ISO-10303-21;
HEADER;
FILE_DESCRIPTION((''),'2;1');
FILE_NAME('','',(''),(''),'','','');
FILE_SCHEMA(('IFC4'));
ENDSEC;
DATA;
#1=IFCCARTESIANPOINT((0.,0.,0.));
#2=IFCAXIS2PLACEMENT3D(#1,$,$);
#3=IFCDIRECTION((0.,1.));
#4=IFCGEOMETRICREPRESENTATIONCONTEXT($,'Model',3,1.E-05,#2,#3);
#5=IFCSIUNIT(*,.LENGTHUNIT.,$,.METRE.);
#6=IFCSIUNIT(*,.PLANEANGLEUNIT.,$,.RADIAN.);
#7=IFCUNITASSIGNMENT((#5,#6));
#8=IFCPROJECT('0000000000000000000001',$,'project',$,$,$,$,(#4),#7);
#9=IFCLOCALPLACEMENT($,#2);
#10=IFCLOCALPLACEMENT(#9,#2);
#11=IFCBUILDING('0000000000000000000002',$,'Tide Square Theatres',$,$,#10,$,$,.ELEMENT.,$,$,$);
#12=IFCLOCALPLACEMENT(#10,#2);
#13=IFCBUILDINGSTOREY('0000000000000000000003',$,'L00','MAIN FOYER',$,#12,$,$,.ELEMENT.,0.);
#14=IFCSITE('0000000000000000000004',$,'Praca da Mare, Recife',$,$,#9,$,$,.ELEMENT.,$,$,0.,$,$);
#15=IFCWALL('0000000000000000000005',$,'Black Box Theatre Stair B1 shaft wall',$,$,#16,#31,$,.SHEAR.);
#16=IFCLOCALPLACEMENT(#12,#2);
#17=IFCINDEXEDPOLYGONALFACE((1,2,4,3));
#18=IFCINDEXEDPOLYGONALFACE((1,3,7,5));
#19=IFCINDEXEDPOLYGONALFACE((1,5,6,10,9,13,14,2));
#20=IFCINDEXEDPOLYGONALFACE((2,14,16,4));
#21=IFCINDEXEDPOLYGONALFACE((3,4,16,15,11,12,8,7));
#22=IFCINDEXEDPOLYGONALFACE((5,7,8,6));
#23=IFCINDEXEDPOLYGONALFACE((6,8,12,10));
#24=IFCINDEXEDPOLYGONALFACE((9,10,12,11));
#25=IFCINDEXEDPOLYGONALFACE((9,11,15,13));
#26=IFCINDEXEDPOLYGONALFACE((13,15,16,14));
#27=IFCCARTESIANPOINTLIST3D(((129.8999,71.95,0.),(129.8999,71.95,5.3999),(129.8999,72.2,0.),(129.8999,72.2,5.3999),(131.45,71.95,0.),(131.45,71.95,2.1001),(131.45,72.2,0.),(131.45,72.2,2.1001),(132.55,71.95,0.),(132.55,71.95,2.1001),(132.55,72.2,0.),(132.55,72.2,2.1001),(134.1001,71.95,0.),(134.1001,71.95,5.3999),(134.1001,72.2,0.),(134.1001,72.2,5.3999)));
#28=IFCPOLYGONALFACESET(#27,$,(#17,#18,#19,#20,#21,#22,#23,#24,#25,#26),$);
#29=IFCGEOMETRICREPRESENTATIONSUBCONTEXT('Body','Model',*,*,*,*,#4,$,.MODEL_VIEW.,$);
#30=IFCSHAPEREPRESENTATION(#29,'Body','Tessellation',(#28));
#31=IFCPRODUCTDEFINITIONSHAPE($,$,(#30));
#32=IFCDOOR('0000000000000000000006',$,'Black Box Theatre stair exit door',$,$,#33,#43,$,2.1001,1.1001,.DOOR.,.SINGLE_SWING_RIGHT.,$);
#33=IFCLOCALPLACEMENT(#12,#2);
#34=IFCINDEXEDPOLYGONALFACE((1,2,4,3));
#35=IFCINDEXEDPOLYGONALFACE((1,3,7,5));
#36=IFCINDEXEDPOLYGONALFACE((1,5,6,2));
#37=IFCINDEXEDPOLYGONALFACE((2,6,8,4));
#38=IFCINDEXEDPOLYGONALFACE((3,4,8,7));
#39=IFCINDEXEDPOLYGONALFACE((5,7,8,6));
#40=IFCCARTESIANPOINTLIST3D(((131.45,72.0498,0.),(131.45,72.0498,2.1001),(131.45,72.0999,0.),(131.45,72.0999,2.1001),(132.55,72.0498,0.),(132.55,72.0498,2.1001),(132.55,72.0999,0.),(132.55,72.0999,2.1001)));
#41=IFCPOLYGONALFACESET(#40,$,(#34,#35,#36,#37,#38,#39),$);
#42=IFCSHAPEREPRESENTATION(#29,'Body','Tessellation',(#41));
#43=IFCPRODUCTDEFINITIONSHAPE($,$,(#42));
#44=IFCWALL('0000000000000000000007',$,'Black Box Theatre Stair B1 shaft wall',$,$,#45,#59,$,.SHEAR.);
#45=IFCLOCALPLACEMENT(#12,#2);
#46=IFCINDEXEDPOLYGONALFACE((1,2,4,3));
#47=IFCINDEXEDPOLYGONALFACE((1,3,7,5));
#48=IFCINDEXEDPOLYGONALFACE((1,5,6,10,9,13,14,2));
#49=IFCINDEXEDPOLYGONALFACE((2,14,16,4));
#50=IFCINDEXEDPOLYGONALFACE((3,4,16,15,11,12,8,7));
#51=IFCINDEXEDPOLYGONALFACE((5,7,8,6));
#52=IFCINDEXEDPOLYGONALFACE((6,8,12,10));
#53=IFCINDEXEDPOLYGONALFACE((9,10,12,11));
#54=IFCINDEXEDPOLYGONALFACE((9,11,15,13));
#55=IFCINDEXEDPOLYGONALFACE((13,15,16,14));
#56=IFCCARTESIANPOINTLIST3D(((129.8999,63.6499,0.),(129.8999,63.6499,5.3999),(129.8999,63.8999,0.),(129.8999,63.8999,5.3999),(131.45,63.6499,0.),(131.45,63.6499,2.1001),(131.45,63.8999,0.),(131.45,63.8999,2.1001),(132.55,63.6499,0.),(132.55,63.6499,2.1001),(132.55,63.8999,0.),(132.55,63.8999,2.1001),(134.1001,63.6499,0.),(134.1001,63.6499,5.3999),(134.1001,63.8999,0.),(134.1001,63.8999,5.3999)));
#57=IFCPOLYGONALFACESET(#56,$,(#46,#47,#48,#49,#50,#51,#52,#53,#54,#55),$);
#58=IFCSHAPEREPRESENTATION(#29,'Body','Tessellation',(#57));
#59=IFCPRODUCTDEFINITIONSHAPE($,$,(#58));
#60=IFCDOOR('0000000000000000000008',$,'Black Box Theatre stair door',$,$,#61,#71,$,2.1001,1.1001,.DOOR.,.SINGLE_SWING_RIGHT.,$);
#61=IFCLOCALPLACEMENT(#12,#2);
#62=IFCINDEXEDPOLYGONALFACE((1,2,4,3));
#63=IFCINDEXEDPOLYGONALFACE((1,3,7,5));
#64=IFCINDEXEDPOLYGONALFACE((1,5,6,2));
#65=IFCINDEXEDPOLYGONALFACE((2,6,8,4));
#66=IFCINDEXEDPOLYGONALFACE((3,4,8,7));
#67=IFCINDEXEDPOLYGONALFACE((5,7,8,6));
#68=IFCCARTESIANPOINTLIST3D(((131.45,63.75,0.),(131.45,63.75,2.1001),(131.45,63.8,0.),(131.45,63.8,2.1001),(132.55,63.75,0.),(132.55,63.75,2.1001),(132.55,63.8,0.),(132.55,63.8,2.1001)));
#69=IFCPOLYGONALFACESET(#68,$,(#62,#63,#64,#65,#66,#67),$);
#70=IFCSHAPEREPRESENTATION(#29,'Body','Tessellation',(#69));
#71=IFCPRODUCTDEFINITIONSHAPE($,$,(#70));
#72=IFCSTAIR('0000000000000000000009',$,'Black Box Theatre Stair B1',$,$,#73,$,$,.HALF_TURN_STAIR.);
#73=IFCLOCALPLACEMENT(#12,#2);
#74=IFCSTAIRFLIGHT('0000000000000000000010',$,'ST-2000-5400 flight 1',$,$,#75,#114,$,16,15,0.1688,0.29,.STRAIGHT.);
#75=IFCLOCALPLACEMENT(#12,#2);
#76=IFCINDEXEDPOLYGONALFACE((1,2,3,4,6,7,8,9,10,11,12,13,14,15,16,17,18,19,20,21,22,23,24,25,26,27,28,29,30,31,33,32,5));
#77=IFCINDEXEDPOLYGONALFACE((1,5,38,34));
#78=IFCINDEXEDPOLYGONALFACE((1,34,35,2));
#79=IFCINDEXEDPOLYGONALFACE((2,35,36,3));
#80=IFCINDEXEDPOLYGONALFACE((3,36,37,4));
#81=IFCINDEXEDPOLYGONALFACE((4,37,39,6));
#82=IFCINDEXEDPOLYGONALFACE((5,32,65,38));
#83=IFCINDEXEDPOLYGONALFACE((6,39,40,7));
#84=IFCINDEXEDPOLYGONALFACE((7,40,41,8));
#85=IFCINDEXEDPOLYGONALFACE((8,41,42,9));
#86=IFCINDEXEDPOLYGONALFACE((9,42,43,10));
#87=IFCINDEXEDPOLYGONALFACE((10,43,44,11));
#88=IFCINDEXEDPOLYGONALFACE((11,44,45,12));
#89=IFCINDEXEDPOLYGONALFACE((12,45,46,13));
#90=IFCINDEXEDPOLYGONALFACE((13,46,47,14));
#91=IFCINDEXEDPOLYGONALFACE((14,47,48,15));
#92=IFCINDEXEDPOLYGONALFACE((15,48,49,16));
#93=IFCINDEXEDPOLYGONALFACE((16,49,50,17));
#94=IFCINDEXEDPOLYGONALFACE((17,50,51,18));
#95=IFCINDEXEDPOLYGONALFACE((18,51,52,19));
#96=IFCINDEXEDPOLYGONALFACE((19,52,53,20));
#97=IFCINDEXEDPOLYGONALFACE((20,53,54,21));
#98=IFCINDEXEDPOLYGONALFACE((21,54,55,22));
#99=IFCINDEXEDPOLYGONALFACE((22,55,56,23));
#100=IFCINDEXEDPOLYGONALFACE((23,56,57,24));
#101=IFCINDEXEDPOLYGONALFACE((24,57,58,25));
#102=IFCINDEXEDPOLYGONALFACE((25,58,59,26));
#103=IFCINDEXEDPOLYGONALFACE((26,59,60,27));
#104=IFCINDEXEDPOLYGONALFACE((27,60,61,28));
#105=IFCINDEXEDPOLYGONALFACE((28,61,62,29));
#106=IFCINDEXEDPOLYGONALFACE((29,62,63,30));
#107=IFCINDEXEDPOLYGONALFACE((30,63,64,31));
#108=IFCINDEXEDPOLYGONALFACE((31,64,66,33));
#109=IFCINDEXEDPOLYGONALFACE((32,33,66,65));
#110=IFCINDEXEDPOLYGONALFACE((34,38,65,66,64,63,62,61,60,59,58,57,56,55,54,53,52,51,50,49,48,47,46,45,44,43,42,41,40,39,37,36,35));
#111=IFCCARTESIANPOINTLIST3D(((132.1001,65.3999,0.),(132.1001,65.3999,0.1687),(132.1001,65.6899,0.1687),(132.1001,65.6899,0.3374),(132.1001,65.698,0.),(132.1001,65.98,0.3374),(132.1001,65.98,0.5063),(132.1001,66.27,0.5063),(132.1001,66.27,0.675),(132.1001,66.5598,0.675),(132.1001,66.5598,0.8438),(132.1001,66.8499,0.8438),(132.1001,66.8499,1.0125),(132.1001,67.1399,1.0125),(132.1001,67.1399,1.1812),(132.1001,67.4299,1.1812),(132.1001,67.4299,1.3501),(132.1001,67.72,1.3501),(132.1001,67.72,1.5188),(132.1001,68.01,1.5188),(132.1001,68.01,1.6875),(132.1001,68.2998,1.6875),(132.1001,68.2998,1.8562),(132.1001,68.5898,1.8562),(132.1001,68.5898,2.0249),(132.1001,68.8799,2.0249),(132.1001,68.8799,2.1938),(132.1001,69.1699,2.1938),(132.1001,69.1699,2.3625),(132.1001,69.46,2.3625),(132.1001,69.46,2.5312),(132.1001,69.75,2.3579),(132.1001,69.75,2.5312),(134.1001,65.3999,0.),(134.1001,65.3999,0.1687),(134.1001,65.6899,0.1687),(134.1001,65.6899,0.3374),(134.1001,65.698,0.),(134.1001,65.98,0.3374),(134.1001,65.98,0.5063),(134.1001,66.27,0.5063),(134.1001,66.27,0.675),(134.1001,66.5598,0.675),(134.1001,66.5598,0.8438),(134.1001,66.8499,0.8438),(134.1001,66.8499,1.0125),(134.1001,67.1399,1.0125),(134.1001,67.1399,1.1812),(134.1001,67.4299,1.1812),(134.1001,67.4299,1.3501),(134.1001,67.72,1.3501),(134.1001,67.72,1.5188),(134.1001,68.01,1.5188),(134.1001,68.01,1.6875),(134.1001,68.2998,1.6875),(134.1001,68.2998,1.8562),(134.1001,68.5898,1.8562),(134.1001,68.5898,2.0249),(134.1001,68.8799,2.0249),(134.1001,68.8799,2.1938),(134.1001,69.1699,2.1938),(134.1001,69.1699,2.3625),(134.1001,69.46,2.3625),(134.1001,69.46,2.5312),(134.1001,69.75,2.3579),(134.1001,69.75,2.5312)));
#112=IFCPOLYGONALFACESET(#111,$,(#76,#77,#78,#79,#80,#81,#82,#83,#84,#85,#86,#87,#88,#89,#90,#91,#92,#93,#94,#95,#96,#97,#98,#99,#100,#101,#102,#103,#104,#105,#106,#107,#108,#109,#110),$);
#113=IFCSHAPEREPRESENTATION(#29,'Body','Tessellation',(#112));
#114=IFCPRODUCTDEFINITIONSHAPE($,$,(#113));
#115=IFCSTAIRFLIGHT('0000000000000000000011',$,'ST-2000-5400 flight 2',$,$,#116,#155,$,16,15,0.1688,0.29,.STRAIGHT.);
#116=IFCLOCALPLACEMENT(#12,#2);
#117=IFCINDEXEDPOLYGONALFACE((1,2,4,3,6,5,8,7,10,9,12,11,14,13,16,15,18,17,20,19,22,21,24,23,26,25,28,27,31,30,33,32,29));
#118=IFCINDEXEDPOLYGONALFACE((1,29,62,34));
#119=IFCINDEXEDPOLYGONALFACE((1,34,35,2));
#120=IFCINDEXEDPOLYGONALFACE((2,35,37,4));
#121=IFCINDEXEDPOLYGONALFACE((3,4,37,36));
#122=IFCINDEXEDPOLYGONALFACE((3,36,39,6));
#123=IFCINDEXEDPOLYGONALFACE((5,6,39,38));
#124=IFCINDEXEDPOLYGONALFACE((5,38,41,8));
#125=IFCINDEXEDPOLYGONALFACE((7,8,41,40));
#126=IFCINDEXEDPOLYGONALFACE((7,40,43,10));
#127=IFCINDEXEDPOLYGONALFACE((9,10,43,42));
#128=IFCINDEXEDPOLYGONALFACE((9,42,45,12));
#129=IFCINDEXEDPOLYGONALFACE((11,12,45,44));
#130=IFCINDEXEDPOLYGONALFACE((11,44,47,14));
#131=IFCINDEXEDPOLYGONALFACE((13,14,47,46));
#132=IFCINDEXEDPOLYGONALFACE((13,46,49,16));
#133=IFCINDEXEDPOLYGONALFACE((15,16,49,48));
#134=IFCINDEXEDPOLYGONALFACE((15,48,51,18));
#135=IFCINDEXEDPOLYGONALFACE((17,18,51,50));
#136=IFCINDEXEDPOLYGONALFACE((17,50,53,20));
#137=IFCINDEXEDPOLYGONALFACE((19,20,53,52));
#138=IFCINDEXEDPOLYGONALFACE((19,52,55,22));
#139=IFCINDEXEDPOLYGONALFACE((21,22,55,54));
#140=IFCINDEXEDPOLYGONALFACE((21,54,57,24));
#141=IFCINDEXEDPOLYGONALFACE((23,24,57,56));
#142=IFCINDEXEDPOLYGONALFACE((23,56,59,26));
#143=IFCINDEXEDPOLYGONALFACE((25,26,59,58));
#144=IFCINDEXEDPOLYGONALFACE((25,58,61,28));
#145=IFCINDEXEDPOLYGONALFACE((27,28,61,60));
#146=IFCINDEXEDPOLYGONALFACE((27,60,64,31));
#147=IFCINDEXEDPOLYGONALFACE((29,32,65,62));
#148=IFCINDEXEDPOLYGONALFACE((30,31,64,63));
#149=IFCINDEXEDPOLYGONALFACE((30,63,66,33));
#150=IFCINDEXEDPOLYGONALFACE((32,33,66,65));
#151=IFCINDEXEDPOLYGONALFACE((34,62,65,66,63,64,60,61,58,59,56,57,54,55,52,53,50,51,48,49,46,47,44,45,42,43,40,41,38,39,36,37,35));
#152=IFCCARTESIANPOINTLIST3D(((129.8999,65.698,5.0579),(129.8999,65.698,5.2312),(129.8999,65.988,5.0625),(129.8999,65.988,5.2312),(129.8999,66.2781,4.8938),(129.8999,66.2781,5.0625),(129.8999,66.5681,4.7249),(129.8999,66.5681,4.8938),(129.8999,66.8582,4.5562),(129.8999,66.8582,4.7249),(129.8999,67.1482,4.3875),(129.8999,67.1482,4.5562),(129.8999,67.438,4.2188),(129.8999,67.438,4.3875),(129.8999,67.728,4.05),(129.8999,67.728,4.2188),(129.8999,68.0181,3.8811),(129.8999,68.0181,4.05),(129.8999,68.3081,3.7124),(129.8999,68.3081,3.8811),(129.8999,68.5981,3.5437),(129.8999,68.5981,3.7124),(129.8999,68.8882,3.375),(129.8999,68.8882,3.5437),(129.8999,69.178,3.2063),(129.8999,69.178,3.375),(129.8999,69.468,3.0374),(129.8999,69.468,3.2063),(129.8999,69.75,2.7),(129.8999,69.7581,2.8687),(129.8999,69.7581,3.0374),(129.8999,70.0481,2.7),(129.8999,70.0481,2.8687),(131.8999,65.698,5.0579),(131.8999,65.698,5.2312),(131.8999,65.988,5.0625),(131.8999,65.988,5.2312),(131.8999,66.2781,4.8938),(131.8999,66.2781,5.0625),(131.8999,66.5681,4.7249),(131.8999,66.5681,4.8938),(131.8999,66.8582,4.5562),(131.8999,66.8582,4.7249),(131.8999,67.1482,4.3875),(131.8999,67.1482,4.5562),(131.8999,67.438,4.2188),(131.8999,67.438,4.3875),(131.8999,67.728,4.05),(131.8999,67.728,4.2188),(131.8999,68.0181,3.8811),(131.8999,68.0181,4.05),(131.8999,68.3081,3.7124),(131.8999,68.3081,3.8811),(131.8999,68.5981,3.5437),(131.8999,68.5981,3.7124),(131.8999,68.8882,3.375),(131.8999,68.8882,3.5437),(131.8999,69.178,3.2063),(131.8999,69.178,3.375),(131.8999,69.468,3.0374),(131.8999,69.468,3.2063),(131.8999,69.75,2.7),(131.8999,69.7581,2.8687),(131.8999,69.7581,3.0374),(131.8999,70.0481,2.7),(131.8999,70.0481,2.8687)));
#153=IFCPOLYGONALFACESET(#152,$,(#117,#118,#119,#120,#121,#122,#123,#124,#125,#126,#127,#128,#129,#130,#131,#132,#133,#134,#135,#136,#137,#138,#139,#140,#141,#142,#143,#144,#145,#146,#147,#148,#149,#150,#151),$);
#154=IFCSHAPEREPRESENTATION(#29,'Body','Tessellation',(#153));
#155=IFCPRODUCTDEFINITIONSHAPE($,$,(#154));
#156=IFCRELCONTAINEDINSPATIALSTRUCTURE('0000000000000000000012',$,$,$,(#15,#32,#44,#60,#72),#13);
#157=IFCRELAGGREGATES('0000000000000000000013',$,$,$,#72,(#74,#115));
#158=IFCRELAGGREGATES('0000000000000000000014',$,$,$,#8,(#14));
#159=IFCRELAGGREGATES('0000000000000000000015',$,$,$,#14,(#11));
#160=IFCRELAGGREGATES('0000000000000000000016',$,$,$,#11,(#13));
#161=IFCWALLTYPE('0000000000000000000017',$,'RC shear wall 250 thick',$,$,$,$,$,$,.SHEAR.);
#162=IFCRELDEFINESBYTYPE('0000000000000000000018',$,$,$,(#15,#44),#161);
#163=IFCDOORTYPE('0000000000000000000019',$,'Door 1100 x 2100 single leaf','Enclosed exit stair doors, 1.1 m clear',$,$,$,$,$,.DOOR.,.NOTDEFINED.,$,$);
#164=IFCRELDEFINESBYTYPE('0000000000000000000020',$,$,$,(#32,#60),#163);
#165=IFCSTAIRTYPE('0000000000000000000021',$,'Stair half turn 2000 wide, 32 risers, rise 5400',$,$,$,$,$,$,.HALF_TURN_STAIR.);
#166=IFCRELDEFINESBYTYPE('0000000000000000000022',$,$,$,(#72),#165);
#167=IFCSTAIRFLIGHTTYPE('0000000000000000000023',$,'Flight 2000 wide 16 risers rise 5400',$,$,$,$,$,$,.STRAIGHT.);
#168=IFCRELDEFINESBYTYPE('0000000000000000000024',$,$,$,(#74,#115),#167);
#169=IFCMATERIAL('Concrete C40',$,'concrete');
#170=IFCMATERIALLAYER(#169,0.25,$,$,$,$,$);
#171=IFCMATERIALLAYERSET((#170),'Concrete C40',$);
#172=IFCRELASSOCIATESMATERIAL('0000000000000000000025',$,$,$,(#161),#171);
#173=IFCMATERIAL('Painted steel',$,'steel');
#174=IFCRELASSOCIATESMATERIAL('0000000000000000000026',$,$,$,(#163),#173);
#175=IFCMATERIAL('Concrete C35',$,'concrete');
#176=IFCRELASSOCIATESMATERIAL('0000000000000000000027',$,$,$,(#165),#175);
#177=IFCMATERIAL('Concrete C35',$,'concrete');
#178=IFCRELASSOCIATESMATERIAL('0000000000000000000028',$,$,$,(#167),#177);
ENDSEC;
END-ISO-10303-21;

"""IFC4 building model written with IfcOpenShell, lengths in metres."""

from ifc_helpers import new_model, si_unit, direction, frame, frame_2d, origin, place, context, subcontext, project, spatial, polyline, rectangle, outline, extrude, material, layer, layer_set, type_object, element, fill, aggregate, save


model = new_model("IFC4")

# Units and contexts
model_context = context("Model", 3, precision=1e-05, world=origin(), true_north=direction((0.0, 1.0)))
body_context = subcontext(model_context, "Body", "Model", "MODEL_VIEW")
ifc_project = project(units=[si_unit("LENGTHUNIT", "METRE"), si_unit("PLANEANGLEUNIT", "RADIAN")], contexts=[model_context])

# Site, building, storey
site_placement = place(None, origin())
site = spatial("IfcSite", under=ifc_project, at=site_placement, Name="Praca da Mare, Recife", CompositionType="ELEMENT", RefElevation=0.0)
building_placement = place(site_placement, origin())
building = spatial("IfcBuilding", under=site, at=building_placement, Name="Tide Square Theatres", CompositionType="ELEMENT")
storey_placement = place(building_placement, origin())
storey = spatial("IfcBuildingStorey", under=building, at=storey_placement, Name="L00", Description="MAIN FOYER", CompositionType="ELEMENT", Elevation=0.0)

# Shared definitions
ifc_material_1 = material(Name="Concrete C40", Category="concrete")
ifc_layer_1 = layer(ifc_material_1, 0.25)
ifc_layer_set_1 = layer_set([ifc_layer_1], Name="Concrete C40")
wall_type_1 = type_object("IfcWallType", Name="RC shear wall 250 thick", PredefinedType="SHEAR", material=ifc_layer_set_1)

# Walls, openings, doors
wall_1_placement = place(storey_placement, frame((129.8999, 72.075, 0.0), z_axis=(0.0, 0.0, 1.0), x_axis=(1.0, 0.0, 0.0)))
wall_1 = element("IfcWall", 1, at=wall_1_placement, inside=storey, type_object=wall_type_1, Name="Black Box Theatre Stair B1 shaft wall", PredefinedType="SHEAR", context=body_context, shape_type="SweptSolid", body=[
    extrude(rectangle(XDim=4.2002, YDim=0.25, at=frame_2d((2.1001, 0.0))), origin(), (0.0, 0.0, 1.0), 5.3999),
])
opening_1_placement = place(wall_1_placement, frame((1.55, 0.0, 0.0)))
opening_1 = element("IfcOpeningElement", 2, at=opening_1_placement, cuts=wall_1, PredefinedType="OPENING", context=body_context, shape_type="SweptSolid", body=[
    extrude(rectangle(XDim=1.1001, YDim=2.1001, at=frame_2d((0.55, 1.05))), frame((0.0, 0.135, 0.0), z_axis=(0.0, -1.0, 0.0), x_axis=(1.0, 0.0, 0.0)), (0.0, 0.0, 1.0), 0.27),
])
ifc_material_2 = material(Name="Painted steel", Category="steel")
door_type_1 = type_object("IfcDoorType", Name="Door 1100 x 2100 single leaf", Description="Enclosed exit stair doors, 1.1 m clear", OperationType="NOTDEFINED", PredefinedType="DOOR", material=ifc_material_2)
door_1_placement = place(opening_1_placement, origin())
door_1 = element("IfcDoor", 3, at=door_1_placement, inside=storey, type_object=door_type_1, Name="Black Box Theatre stair exit door", OperationType="SINGLE_SWING_RIGHT", OverallHeight=2.1001, OverallWidth=1.1001, PredefinedType="DOOR", context=body_context, shape_type="SweptSolid", body=[
    extrude(rectangle(XDim=1.1001, YDim=2.1001, at=frame_2d((0.55, 1.05))), frame((0.0, 0.0249, 0.0), z_axis=(0.0, -1.0, 0.0), x_axis=(1.0, 0.0, 0.0)), (0.0, 0.0, 1.0), 0.05),
])
fill(opening_1, door_1)
wall_2_placement = place(storey_placement, frame((134.1001, 63.7749, 0.0), z_axis=(0.0, 0.0, 1.0), x_axis=(-1.0, 0.0, 0.0)))
wall_2 = element("IfcWall", 4, at=wall_2_placement, inside=storey, type_object=wall_type_1, Name="Black Box Theatre Stair B1 shaft wall", PredefinedType="SHEAR", context=body_context, shape_type="SweptSolid", body=[
    extrude(rectangle(XDim=4.2002, YDim=0.25, at=frame_2d((2.1001, 0.0))), origin(), (0.0, 0.0, 1.0), 5.3999),
])
opening_2_placement = place(wall_2_placement, frame((1.55, 0.0, 0.0)))
opening_2 = element("IfcOpeningElement", 5, at=opening_2_placement, cuts=wall_2, PredefinedType="OPENING", context=body_context, shape_type="SweptSolid", body=[
    extrude(rectangle(XDim=1.1001, YDim=2.1001, at=frame_2d((0.55, 1.05))), frame((0.0, 0.135, 0.0), z_axis=(0.0, -1.0, 0.0), x_axis=(1.0, 0.0, 0.0)), (0.0, 0.0, 1.0), 0.27),
])
door_2_placement = place(opening_2_placement, origin())
door_2 = element("IfcDoor", 6, at=door_2_placement, inside=storey, type_object=door_type_1, Name="Black Box Theatre stair door", OperationType="SINGLE_SWING_RIGHT", OverallHeight=2.1001, OverallWidth=1.1001, PredefinedType="DOOR", context=body_context, shape_type="SweptSolid", body=[
    extrude(rectangle(XDim=1.1001, YDim=2.1001, at=frame_2d((0.55, 1.05))), frame((0.0, 0.0249, 0.0), z_axis=(0.0, -1.0, 0.0), x_axis=(1.0, 0.0, 0.0)), (0.0, 0.0, 1.0), 0.05),
])
fill(opening_2, door_2)

# Stair, stair flights
ifc_material_3 = material(Name="Concrete C35", Category="concrete")
stair_type = type_object("IfcStairType", Name="Stair half turn 2000 wide, 32 risers, rise 5400", PredefinedType="HALF_TURN_STAIR", material=ifc_material_3)
stair_placement = place(storey_placement, origin())
stair = element("IfcStair", 7, at=stair_placement, inside=storey, type_object=stair_type, Name="Black Box Theatre Stair B1", PredefinedType="HALF_TURN_STAIR")
ifc_material_4 = material(Name="Concrete C35", Category="concrete")
stair_flight_type = type_object("IfcStairFlightType", Name="Flight 2000 wide 16 risers rise 5400", PredefinedType="STRAIGHT", material=ifc_material_4)
stair_flight_1_placement = place(storey_placement, frame((133.1001, 65.3999, 0.0), z_axis=(0.0, 0.0, 1.0), x_axis=(0.0, 1.0, 0.0)))
stair_flight_1 = element("IfcStairFlight", 8, at=stair_flight_1_placement, type_object=stair_flight_type, Name="ST-2000-5400 flight 1", NumberOfRisers=16, NumberOfTreads=15, PredefinedType="STRAIGHT", RiserHeight=0.1688, TreadLength=0.29, context=body_context, shape_type="SweptSolid", body=[
    extrude(outline(polyline([(0.0, 0.0), (0.0, 0.1687), (0.29, 0.1687), (0.29, 0.3374), (0.5801, 0.3374), (0.5801, 0.5063), (0.8701, 0.5063), (0.8701, 0.675), (1.1599, 0.675), (1.1599, 0.8438), (1.45, 0.8438), (1.45, 1.0125), (1.74, 1.0125), (1.74, 1.1812), (2.03, 1.1812), (2.03, 1.3501), (2.3201, 1.3501), (2.3201, 1.5188), (2.6101, 1.5188), (2.6101, 1.6875), (2.8999, 1.6875), (2.8999, 1.8562), (3.1899, 1.8562), (3.1899, 2.0249), (3.48, 2.0249), (3.48, 2.1938), (3.77, 2.1938), (3.77, 2.3625), (4.0601, 2.3625), (4.0601, 2.5312), (4.3501, 2.5312), (4.3501, 2.7), (4.3501, 2.3579), (0.2981, 0.0), (0.0, 0.0)])), frame((0.0, 1.0, 0.0), z_axis=(0.0, -1.0, 0.0), x_axis=(1.0, 0.0, 0.0)), (0.0, 0.0, 1.0), 2.0),
])
stair_flight_2_placement = place(storey_placement, frame((130.8999, 70.0481, 2.7), z_axis=(0.0, 0.0, 1.0), x_axis=(0.0, -1.0, 0.0)))
stair_flight_2 = element("IfcStairFlight", 9, at=stair_flight_2_placement, type_object=stair_flight_type, Name="ST-2000-5400 flight 2", NumberOfRisers=16, NumberOfTreads=15, PredefinedType="STRAIGHT", RiserHeight=0.1688, TreadLength=0.29, context=body_context, shape_type="SweptSolid", body=[
    extrude(outline(polyline([(0.0, 0.0), (0.0, 0.1687), (0.29, 0.1687), (0.29, 0.3374), (0.5801, 0.3374), (0.5801, 0.5063), (0.8701, 0.5063), (0.8701, 0.675), (1.1599, 0.675), (1.1599, 0.8438), (1.45, 0.8438), (1.45, 1.0125), (1.74, 1.0125), (1.74, 1.1812), (2.03, 1.1812), (2.03, 1.3501), (2.3201, 1.3501), (2.3201, 1.5188), (2.6101, 1.5188), (2.6101, 1.6875), (2.8999, 1.6875), (2.8999, 1.8562), (3.1899, 1.8562), (3.1899, 2.0249), (3.48, 2.0249), (3.48, 2.1938), (3.77, 2.1938), (3.77, 2.3625), (4.0601, 2.3625), (4.0601, 2.5312), (4.3501, 2.5312), (4.3501, 2.7), (4.3501, 2.3579), (0.2981, 0.0), (0.0, 0.0)])), frame((0.0, 1.0, 0.0), z_axis=(0.0, -1.0, 0.0), x_axis=(1.0, 0.0, 0.0)), (0.0, 0.0, 1.0), 2.0),
])
aggregate(stair, [stair_flight_1, stair_flight_2])

save(model, "model.ifc")
